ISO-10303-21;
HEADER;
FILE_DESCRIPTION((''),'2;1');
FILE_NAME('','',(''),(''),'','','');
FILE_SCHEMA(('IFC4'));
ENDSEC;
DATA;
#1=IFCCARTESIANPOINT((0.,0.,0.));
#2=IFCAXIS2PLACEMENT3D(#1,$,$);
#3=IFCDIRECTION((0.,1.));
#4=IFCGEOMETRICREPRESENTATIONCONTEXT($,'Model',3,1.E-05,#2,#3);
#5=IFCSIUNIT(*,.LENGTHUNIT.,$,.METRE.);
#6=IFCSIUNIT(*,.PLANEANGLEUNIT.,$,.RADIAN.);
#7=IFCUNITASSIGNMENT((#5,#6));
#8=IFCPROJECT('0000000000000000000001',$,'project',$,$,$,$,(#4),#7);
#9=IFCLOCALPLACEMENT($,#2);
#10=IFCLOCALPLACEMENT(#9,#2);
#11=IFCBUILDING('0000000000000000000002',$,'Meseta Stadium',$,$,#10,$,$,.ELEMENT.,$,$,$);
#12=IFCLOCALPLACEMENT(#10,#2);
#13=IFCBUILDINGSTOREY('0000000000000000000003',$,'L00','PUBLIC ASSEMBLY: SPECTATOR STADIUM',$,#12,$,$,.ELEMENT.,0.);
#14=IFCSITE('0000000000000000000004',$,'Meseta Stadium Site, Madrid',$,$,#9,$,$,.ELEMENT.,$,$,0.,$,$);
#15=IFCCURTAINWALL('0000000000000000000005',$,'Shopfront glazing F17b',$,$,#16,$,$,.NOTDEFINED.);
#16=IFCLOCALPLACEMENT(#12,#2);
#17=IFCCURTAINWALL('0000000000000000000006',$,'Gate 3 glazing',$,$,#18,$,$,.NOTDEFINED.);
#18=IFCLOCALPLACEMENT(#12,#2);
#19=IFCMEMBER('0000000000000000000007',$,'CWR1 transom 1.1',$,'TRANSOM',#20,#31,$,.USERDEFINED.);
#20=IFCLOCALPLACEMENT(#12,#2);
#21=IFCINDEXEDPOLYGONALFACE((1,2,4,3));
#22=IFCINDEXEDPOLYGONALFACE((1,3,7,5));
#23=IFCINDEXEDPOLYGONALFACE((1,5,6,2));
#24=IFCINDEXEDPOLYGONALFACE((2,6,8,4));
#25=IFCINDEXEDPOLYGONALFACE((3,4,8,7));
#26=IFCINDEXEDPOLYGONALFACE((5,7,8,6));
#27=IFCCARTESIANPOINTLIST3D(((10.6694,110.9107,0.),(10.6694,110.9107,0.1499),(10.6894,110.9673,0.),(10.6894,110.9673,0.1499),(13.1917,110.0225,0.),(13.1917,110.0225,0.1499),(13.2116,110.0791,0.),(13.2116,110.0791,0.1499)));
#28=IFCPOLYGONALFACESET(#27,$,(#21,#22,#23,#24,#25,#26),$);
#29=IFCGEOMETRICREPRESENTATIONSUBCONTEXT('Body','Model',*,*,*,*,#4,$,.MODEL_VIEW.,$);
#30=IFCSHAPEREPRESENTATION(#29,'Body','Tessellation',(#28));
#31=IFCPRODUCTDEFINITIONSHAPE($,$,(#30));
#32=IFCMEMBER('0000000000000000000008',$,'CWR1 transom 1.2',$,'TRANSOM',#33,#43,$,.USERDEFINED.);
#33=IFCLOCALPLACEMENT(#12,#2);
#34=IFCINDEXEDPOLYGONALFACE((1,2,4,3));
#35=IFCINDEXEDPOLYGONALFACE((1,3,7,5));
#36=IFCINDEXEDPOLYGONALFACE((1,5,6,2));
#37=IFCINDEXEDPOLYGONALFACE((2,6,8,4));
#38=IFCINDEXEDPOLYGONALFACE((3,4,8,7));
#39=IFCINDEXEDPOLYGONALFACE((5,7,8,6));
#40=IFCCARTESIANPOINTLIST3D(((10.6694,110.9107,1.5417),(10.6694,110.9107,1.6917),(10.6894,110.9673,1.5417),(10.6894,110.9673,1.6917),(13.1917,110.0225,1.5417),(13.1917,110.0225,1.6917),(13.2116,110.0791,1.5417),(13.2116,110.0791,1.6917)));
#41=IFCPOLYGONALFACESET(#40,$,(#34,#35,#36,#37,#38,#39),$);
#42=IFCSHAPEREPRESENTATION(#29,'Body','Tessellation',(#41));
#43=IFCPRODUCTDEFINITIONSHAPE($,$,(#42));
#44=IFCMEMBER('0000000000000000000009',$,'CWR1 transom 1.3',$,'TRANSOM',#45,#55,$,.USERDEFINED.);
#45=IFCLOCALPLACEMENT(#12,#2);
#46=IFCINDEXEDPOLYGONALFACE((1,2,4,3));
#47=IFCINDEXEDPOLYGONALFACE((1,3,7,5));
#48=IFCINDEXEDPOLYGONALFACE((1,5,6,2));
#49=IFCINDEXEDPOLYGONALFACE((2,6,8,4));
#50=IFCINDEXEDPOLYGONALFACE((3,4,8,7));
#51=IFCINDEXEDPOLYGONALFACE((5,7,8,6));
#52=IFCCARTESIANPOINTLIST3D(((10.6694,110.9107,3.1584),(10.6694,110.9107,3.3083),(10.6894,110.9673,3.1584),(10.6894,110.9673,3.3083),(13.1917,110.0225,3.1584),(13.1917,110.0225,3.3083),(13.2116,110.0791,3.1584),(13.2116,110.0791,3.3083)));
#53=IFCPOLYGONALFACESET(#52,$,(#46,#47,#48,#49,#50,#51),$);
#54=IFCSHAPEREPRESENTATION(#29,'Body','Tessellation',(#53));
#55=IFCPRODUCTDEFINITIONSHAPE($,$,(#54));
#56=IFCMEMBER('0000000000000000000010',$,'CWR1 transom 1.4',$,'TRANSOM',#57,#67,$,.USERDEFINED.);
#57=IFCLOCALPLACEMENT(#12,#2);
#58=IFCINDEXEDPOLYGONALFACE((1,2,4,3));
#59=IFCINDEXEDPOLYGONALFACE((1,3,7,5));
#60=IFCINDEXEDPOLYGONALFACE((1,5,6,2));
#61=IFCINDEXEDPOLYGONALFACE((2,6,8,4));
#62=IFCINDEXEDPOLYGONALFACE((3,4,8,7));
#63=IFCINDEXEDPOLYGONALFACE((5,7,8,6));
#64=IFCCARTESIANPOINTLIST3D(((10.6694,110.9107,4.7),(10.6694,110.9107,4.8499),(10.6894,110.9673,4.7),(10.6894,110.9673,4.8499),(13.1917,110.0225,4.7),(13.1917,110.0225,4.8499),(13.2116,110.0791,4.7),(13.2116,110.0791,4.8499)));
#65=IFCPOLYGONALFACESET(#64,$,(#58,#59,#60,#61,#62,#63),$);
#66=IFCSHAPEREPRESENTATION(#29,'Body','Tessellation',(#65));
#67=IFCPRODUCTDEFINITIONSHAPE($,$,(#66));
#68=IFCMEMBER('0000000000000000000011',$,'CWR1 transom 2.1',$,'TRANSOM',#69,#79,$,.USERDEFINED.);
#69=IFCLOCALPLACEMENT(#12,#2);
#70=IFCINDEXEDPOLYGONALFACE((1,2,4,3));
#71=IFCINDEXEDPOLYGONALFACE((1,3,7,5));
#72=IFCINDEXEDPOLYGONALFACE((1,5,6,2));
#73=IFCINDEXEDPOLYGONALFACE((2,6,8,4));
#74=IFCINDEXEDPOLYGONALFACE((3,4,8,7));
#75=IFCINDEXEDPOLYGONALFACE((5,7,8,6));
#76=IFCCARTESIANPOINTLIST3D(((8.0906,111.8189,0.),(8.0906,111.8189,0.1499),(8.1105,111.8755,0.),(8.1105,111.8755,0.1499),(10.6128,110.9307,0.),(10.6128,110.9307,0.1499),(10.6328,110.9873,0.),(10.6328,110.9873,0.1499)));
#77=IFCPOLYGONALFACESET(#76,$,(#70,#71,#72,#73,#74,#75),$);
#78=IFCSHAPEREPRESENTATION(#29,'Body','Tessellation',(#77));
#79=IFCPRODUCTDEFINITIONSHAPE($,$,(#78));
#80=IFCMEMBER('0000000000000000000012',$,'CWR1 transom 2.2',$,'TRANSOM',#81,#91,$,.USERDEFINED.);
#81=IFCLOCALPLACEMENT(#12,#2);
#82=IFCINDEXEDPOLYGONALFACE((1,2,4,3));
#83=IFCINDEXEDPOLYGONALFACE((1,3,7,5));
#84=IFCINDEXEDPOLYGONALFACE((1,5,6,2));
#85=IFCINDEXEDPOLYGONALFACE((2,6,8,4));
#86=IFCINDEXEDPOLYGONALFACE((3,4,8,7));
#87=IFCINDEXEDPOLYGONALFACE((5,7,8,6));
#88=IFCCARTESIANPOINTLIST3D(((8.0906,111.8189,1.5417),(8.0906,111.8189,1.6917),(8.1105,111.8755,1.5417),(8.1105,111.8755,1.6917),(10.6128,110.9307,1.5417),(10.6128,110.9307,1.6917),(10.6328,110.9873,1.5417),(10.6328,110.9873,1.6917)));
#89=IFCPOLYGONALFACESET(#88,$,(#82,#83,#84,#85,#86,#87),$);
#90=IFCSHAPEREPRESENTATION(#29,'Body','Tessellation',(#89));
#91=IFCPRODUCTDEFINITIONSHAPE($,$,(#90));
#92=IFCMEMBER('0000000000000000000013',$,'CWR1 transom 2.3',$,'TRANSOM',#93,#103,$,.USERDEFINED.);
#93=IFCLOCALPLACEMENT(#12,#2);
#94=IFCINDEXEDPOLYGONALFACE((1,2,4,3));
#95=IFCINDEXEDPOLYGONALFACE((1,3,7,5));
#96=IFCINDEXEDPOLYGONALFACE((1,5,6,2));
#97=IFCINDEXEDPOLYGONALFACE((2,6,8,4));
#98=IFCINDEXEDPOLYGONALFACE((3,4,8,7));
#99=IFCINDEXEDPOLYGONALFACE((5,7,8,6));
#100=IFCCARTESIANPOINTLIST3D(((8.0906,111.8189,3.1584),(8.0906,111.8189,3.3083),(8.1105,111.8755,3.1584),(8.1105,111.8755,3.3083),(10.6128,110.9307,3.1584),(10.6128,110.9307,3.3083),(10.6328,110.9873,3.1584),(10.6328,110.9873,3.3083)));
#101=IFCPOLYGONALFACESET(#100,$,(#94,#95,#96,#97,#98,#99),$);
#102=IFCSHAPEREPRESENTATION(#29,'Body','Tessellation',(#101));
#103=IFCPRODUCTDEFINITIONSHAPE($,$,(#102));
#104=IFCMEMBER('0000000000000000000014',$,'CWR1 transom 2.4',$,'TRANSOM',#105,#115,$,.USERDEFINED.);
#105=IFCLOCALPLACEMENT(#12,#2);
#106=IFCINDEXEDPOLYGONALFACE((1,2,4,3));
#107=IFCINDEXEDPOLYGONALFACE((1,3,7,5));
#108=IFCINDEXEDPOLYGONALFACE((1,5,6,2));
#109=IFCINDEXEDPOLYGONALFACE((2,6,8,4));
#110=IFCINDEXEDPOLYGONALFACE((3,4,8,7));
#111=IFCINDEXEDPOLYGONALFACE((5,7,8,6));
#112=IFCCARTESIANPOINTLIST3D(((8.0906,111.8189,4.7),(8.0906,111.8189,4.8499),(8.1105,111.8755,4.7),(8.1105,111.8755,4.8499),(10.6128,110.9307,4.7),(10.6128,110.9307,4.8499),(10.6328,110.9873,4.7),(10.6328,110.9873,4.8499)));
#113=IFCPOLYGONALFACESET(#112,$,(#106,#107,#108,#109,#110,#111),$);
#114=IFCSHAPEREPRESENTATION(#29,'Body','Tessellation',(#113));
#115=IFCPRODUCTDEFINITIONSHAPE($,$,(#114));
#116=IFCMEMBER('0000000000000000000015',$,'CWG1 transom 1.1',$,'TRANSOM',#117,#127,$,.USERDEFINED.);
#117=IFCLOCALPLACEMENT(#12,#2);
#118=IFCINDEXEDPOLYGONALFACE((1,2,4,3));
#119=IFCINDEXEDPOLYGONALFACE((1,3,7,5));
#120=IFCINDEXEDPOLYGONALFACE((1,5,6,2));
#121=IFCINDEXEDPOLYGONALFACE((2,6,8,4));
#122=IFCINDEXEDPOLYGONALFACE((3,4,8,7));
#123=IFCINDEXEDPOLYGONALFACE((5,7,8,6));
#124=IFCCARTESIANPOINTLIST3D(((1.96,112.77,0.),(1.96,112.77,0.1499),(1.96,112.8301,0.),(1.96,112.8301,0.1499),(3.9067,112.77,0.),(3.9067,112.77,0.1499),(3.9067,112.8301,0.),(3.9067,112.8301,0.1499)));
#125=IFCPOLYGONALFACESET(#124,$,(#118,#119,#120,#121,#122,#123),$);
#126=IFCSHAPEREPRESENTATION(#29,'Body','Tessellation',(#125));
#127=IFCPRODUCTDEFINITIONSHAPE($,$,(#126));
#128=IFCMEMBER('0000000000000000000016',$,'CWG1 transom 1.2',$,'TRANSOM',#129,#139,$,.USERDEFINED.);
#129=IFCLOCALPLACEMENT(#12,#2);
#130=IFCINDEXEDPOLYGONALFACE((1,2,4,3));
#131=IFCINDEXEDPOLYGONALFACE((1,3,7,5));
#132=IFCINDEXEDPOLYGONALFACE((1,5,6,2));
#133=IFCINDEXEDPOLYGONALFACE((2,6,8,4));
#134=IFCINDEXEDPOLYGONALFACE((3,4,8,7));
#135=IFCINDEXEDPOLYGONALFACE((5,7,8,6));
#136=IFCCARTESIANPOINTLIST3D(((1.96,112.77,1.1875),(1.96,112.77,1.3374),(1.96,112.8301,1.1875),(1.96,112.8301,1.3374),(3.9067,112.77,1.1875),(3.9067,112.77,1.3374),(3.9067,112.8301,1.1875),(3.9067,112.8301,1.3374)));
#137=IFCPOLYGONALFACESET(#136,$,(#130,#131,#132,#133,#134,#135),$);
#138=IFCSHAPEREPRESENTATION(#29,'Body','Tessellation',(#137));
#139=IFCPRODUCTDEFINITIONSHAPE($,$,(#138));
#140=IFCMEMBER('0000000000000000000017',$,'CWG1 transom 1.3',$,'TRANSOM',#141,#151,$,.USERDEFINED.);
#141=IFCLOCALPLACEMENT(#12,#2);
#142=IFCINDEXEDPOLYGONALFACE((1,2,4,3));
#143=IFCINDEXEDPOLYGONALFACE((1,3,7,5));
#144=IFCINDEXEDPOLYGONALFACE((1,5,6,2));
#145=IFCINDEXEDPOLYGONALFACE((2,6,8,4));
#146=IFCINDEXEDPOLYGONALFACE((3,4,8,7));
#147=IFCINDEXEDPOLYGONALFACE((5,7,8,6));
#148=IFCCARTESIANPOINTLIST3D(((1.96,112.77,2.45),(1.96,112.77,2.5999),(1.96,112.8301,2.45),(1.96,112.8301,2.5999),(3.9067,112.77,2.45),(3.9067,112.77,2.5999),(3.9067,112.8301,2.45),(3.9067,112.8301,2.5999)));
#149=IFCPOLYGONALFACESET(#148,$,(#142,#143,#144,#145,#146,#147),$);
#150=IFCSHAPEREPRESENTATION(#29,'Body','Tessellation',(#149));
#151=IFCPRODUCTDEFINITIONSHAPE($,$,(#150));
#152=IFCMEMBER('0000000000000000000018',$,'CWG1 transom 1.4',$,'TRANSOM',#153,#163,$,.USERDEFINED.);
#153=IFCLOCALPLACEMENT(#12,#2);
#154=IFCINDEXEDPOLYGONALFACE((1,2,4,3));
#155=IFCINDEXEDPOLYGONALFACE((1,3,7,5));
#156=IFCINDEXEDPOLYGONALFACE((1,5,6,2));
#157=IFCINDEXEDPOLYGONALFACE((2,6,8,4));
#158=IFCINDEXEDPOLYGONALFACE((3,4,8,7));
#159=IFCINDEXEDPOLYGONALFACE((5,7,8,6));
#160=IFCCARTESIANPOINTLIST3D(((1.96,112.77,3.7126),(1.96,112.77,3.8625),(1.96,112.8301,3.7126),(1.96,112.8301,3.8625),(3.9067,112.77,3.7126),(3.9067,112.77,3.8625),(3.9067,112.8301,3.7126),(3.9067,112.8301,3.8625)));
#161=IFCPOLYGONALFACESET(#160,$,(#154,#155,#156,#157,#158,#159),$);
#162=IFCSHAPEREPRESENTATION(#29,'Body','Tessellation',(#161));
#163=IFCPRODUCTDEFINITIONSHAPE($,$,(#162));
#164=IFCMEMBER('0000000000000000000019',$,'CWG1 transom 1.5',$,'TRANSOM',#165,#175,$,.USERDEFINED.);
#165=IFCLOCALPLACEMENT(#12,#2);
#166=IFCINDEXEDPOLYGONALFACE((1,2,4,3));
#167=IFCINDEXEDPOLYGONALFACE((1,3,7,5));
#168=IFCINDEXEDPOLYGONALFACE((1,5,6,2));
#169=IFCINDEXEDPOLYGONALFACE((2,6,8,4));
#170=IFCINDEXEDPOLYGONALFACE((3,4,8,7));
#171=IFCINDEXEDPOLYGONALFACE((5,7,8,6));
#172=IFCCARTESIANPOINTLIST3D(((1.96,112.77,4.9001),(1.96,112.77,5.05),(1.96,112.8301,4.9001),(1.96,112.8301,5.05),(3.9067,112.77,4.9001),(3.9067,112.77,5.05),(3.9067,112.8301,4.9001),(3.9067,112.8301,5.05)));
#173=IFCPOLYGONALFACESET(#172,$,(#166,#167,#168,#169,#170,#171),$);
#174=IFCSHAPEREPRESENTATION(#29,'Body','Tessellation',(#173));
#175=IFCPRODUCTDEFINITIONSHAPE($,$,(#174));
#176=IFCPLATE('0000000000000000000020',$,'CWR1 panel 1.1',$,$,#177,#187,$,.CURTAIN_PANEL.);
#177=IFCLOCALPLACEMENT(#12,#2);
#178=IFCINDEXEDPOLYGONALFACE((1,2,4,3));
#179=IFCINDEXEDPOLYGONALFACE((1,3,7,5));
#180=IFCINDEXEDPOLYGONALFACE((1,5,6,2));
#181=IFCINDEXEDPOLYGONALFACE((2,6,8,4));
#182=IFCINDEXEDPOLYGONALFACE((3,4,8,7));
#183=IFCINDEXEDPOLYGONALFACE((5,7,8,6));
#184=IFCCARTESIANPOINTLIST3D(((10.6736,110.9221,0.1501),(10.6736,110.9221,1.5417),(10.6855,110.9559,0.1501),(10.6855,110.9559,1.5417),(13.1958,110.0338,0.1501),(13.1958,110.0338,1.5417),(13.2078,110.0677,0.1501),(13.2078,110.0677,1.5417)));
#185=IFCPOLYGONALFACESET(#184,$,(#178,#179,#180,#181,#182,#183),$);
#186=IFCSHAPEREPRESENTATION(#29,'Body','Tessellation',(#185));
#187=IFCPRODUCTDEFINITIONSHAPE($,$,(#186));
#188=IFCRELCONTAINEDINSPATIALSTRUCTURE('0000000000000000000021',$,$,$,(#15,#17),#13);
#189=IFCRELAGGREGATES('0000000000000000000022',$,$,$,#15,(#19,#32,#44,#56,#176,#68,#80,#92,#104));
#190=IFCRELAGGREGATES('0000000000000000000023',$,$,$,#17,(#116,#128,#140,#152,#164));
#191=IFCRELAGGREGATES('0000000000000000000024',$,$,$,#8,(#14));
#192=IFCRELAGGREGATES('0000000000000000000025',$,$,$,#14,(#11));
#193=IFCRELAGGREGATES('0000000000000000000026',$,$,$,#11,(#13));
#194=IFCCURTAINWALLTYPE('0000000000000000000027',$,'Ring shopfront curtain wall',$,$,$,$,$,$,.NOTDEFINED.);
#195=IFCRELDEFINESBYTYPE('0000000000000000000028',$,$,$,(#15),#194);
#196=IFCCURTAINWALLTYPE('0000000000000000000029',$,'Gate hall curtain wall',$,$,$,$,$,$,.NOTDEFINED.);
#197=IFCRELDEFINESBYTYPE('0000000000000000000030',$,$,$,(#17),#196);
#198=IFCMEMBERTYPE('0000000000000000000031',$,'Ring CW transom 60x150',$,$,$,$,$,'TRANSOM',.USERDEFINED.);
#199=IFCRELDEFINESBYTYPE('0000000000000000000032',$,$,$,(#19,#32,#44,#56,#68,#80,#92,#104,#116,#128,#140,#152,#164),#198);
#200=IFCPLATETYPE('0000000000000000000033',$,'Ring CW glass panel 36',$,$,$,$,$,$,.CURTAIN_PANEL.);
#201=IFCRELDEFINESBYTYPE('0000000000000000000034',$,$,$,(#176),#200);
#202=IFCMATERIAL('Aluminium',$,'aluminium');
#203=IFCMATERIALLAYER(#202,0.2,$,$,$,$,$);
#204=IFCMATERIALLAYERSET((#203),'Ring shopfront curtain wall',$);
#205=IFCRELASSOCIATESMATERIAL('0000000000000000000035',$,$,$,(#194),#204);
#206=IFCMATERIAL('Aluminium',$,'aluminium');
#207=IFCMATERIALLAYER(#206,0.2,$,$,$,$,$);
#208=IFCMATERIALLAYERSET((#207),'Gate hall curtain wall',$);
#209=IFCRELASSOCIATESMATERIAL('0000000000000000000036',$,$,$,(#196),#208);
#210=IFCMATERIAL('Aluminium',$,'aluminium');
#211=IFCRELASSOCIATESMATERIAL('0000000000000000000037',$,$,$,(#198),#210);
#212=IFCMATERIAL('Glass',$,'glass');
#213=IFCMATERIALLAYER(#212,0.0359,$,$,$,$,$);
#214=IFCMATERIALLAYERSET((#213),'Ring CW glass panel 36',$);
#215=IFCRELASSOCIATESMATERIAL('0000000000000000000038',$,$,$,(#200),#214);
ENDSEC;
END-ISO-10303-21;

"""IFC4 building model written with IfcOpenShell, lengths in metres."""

from ifc_helpers import new_model, si_unit, direction, frame, origin, origin_2d, place, context, subcontext, project, spatial, rectangle, extrude, material, layer, layer_set, material_profile, profile_set, type_object, element, aggregate, save


model = new_model("IFC4")

# Units and contexts
model_context = context("Model", 3, precision=1e-05, world=origin(), true_north=direction((0.0, 1.0)))
body_context = subcontext(model_context, "Body", "Model", "MODEL_VIEW")
ifc_project = project(units=[si_unit("LENGTHUNIT", "METRE"), si_unit("PLANEANGLEUNIT", "RADIAN")], contexts=[model_context])

# Site, building, storey
site_placement = place(None, origin())
site = spatial("IfcSite", under=ifc_project, at=site_placement, Name="Meseta Stadium Site, Madrid", CompositionType="ELEMENT", RefElevation=0.0)
building_placement = place(site_placement, origin())
building = spatial("IfcBuilding", under=site, at=building_placement, Name="Meseta Stadium", CompositionType="ELEMENT")
storey_placement = place(building_placement, origin())
storey = spatial("IfcBuildingStorey", under=building, at=storey_placement, Name="L00", Description="PUBLIC ASSEMBLY: SPECTATOR STADIUM", CompositionType="ELEMENT", Elevation=0.0)

# Curtain walls
ifc_material_1 = material(Name="Aluminium", Category="aluminium")
ifc_layer_1 = layer(ifc_material_1, 0.2)
ifc_layer_set_1 = layer_set([ifc_layer_1], Name="Ring shopfront curtain wall")
curtain_wall_type_1 = type_object("IfcCurtainWallType", Name="Ring shopfront curtain wall", PredefinedType="NOTDEFINED", material=ifc_layer_set_1)
curtain_wall_1_placement = place(storey_placement, origin())
curtain_wall_1 = element("IfcCurtainWall", 1, at=curtain_wall_1_placement, inside=storey, type_object=curtain_wall_type_1, Name="Shopfront glazing F17b", PredefinedType="NOTDEFINED")
ifc_material_2 = material(Name="Aluminium", Category="aluminium")
ifc_layer_2 = layer(ifc_material_2, 0.2)
ifc_layer_set_2 = layer_set([ifc_layer_2], Name="Gate hall curtain wall")
curtain_wall_type_2 = type_object("IfcCurtainWallType", Name="Gate hall curtain wall", PredefinedType="NOTDEFINED", material=ifc_layer_set_2)
curtain_wall_2_placement = place(storey_placement, origin())
curtain_wall_2 = element("IfcCurtainWall", 2, at=curtain_wall_2_placement, inside=storey, type_object=curtain_wall_type_2, Name="Gate 3 glazing", PredefinedType="NOTDEFINED")

# Members
ifc_material_3 = material(Name="Aluminium", Category="aluminium")
ifc_material_profile_1 = material_profile(ifc_material_3, rectangle(XDim=0.0601, YDim=0.1499, at=origin_2d()), Name="CW 60x150")
ifc_profile_set_1 = profile_set([ifc_material_profile_1], Name="Aluminium")
member_type_1 = type_object("IfcMemberType", Name="Ring CW transom 60x150", ElementType="TRANSOM", PredefinedType="USERDEFINED", material=ifc_profile_set_1)
member_1_placement = place(storey_placement, frame((13.2017, 110.0508, 0.075), z_axis=(-0.943226, 0.332151, 0.0), x_axis=(-0.332151, -0.943226, 0.0)))
member_1 = element("IfcMember", 3, at=member_1_placement, type_object=member_type_1, Name="CWR1 transom 1.1", ObjectType="TRANSOM", PredefinedType="USERDEFINED", context=body_context, shape_type="SweptSolid", body=[
    extrude(rectangle(XDim=0.0601, YDim=0.1499, at=origin_2d()), origin(), (0.0, 0.0, 1.0), 2.6741),
])
member_2_placement = place(storey_placement, frame((13.2017, 110.0508, 1.6167), z_axis=(-0.943226, 0.332151, 0.0), x_axis=(-0.332151, -0.943226, 0.0)))
member_2 = element("IfcMember", 4, at=member_2_placement, type_object=member_type_1, Name="CWR1 transom 1.2", ObjectType="TRANSOM", PredefinedType="USERDEFINED", context=body_context, shape_type="SweptSolid", body=[
    extrude(rectangle(XDim=0.0601, YDim=0.1499, at=origin_2d()), origin(), (0.0, 0.0, 1.0), 2.6741),
])
member_3_placement = place(storey_placement, frame((13.2017, 110.0508, 3.2334), z_axis=(-0.943226, 0.332151, 0.0), x_axis=(-0.332151, -0.943226, 0.0)))
member_3 = element("IfcMember", 5, at=member_3_placement, type_object=member_type_1, Name="CWR1 transom 1.3", ObjectType="TRANSOM", PredefinedType="USERDEFINED", context=body_context, shape_type="SweptSolid", body=[
    extrude(rectangle(XDim=0.0601, YDim=0.1499, at=origin_2d()), origin(), (0.0, 0.0, 1.0), 2.6741),
])
member_4_placement = place(storey_placement, frame((13.2017, 110.0508, 4.7749), z_axis=(-0.943226, 0.332151, 0.0), x_axis=(-0.332151, -0.943226, 0.0)))
member_4 = element("IfcMember", 6, at=member_4_placement, type_object=member_type_1, Name="CWR1 transom 1.4", ObjectType="TRANSOM", PredefinedType="USERDEFINED", context=body_context, shape_type="SweptSolid", body=[
    extrude(rectangle(XDim=0.0601, YDim=0.1499, at=origin_2d()), origin(), (0.0, 0.0, 1.0), 2.6741),
])
member_5_placement = place(storey_placement, frame((10.6228, 110.959, 0.075), z_axis=(-0.943226, 0.332151, 0.0), x_axis=(-0.332151, -0.943226, 0.0)))
member_5 = element("IfcMember", 7, at=member_5_placement, type_object=member_type_1, Name="CWR1 transom 2.1", ObjectType="TRANSOM", PredefinedType="USERDEFINED", context=body_context, shape_type="SweptSolid", body=[
    extrude(rectangle(XDim=0.0601, YDim=0.1499, at=origin_2d()), origin(), (0.0, 0.0, 1.0), 2.6741),
])
member_6_placement = place(storey_placement, frame((10.6228, 110.959, 1.6167), z_axis=(-0.943226, 0.332151, 0.0), x_axis=(-0.332151, -0.943226, 0.0)))
member_6 = element("IfcMember", 8, at=member_6_placement, type_object=member_type_1, Name="CWR1 transom 2.2", ObjectType="TRANSOM", PredefinedType="USERDEFINED", context=body_context, shape_type="SweptSolid", body=[
    extrude(rectangle(XDim=0.0601, YDim=0.1499, at=origin_2d()), origin(), (0.0, 0.0, 1.0), 2.6741),
])
member_7_placement = place(storey_placement, frame((10.6228, 110.959, 3.2334), z_axis=(-0.943226, 0.332151, 0.0), x_axis=(-0.332151, -0.943226, 0.0)))
member_7 = element("IfcMember", 9, at=member_7_placement, type_object=member_type_1, Name="CWR1 transom 2.3", ObjectType="TRANSOM", PredefinedType="USERDEFINED", context=body_context, shape_type="SweptSolid", body=[
    extrude(rectangle(XDim=0.0601, YDim=0.1499, at=origin_2d()), origin(), (0.0, 0.0, 1.0), 2.6741),
])
member_8_placement = place(storey_placement, frame((10.6228, 110.959, 4.7749), z_axis=(-0.943226, 0.332151, 0.0), x_axis=(-0.332151, -0.943226, 0.0)))
member_8 = element("IfcMember", 10, at=member_8_placement, type_object=member_type_1, Name="CWR1 transom 2.4", ObjectType="TRANSOM", PredefinedType="USERDEFINED", context=body_context, shape_type="SweptSolid", body=[
    extrude(rectangle(XDim=0.0601, YDim=0.1499, at=origin_2d()), origin(), (0.0, 0.0, 1.0), 2.6741),
])
member_9_placement = place(storey_placement, frame((3.9067, 112.8, 0.075), z_axis=(-1.0, 0.0, 0.0), x_axis=(0.0, -1.0, 0.0)))
member_9 = element("IfcMember", 11, at=member_9_placement, type_object=member_type_1, Name="CWG1 transom 1.1", ObjectType="TRANSOM", PredefinedType="USERDEFINED", context=body_context, shape_type="SweptSolid", body=[
    extrude(rectangle(XDim=0.0601, YDim=0.1499, at=origin_2d()), origin(), (0.0, 0.0, 1.0), 1.9468),
])
member_10_placement = place(storey_placement, frame((3.9067, 112.8, 1.2625), z_axis=(-1.0, 0.0, 0.0), x_axis=(0.0, -1.0, 0.0)))
member_10 = element("IfcMember", 12, at=member_10_placement, type_object=member_type_1, Name="CWG1 transom 1.2", ObjectType="TRANSOM", PredefinedType="USERDEFINED", context=body_context, shape_type="SweptSolid", body=[
    extrude(rectangle(XDim=0.0601, YDim=0.1499, at=origin_2d()), origin(), (0.0, 0.0, 1.0), 1.9468),
])
member_11_placement = place(storey_placement, frame((3.9067, 112.8, 2.5249), z_axis=(-1.0, 0.0, 0.0), x_axis=(0.0, -1.0, 0.0)))
member_11 = element("IfcMember", 13, at=member_11_placement, type_object=member_type_1, Name="CWG1 transom 1.3", ObjectType="TRANSOM", PredefinedType="USERDEFINED", context=body_context, shape_type="SweptSolid", body=[
    extrude(rectangle(XDim=0.0601, YDim=0.1499, at=origin_2d()), origin(), (0.0, 0.0, 1.0), 1.9468),
])
member_12_placement = place(storey_placement, frame((3.9067, 112.8, 3.7876), z_axis=(-1.0, 0.0, 0.0), x_axis=(0.0, -1.0, 0.0)))
member_12 = element("IfcMember", 14, at=member_12_placement, type_object=member_type_1, Name="CWG1 transom 1.4", ObjectType="TRANSOM", PredefinedType="USERDEFINED", context=body_context, shape_type="SweptSolid", body=[
    extrude(rectangle(XDim=0.0601, YDim=0.1499, at=origin_2d()), origin(), (0.0, 0.0, 1.0), 1.9468),
])
member_13_placement = place(storey_placement, frame((3.9067, 112.8, 4.9751), z_axis=(-1.0, 0.0, 0.0), x_axis=(0.0, -1.0, 0.0)))
member_13 = element("IfcMember", 15, at=member_13_placement, type_object=member_type_1, Name="CWG1 transom 1.5", ObjectType="TRANSOM", PredefinedType="USERDEFINED", context=body_context, shape_type="SweptSolid", body=[
    extrude(rectangle(XDim=0.0601, YDim=0.1499, at=origin_2d()), origin(), (0.0, 0.0, 1.0), 1.9468),
])

# Plate
ifc_material_4 = material(Name="Glass", Category="glass")
ifc_layer_3 = layer(ifc_material_4, 0.0359)
ifc_layer_set_3 = layer_set([ifc_layer_3], Name="Ring CW glass panel 36")
plate_type = type_object("IfcPlateType", Name="Ring CW glass panel 36", PredefinedType="CURTAIN_PANEL", material=ifc_layer_set_3)
plate_1_placement = place(storey_placement, frame((11.9407, 110.4949, 0.1501), z_axis=(0.0, 0.0, 1.0), x_axis=(-0.94322, 0.33217, 0.0)))
plate_1 = element("IfcPlate", 16, at=plate_1_placement, type_object=plate_type, Name="CWR1 panel 1.1", PredefinedType="CURTAIN_PANEL", context=body_context, shape_type="SweptSolid", body=[
    extrude(rectangle(XDim=2.6741, YDim=0.0359, at=origin_2d()), origin(), (0.0, 0.0, 1.0), 1.3916),
])
aggregate(curtain_wall_1, [member_1, member_2, member_3, member_4, plate_1, member_5, member_6, member_7, member_8])
aggregate(curtain_wall_2, [member_9, member_10, member_11, member_12, member_13])

save(model, "model.ifc")
